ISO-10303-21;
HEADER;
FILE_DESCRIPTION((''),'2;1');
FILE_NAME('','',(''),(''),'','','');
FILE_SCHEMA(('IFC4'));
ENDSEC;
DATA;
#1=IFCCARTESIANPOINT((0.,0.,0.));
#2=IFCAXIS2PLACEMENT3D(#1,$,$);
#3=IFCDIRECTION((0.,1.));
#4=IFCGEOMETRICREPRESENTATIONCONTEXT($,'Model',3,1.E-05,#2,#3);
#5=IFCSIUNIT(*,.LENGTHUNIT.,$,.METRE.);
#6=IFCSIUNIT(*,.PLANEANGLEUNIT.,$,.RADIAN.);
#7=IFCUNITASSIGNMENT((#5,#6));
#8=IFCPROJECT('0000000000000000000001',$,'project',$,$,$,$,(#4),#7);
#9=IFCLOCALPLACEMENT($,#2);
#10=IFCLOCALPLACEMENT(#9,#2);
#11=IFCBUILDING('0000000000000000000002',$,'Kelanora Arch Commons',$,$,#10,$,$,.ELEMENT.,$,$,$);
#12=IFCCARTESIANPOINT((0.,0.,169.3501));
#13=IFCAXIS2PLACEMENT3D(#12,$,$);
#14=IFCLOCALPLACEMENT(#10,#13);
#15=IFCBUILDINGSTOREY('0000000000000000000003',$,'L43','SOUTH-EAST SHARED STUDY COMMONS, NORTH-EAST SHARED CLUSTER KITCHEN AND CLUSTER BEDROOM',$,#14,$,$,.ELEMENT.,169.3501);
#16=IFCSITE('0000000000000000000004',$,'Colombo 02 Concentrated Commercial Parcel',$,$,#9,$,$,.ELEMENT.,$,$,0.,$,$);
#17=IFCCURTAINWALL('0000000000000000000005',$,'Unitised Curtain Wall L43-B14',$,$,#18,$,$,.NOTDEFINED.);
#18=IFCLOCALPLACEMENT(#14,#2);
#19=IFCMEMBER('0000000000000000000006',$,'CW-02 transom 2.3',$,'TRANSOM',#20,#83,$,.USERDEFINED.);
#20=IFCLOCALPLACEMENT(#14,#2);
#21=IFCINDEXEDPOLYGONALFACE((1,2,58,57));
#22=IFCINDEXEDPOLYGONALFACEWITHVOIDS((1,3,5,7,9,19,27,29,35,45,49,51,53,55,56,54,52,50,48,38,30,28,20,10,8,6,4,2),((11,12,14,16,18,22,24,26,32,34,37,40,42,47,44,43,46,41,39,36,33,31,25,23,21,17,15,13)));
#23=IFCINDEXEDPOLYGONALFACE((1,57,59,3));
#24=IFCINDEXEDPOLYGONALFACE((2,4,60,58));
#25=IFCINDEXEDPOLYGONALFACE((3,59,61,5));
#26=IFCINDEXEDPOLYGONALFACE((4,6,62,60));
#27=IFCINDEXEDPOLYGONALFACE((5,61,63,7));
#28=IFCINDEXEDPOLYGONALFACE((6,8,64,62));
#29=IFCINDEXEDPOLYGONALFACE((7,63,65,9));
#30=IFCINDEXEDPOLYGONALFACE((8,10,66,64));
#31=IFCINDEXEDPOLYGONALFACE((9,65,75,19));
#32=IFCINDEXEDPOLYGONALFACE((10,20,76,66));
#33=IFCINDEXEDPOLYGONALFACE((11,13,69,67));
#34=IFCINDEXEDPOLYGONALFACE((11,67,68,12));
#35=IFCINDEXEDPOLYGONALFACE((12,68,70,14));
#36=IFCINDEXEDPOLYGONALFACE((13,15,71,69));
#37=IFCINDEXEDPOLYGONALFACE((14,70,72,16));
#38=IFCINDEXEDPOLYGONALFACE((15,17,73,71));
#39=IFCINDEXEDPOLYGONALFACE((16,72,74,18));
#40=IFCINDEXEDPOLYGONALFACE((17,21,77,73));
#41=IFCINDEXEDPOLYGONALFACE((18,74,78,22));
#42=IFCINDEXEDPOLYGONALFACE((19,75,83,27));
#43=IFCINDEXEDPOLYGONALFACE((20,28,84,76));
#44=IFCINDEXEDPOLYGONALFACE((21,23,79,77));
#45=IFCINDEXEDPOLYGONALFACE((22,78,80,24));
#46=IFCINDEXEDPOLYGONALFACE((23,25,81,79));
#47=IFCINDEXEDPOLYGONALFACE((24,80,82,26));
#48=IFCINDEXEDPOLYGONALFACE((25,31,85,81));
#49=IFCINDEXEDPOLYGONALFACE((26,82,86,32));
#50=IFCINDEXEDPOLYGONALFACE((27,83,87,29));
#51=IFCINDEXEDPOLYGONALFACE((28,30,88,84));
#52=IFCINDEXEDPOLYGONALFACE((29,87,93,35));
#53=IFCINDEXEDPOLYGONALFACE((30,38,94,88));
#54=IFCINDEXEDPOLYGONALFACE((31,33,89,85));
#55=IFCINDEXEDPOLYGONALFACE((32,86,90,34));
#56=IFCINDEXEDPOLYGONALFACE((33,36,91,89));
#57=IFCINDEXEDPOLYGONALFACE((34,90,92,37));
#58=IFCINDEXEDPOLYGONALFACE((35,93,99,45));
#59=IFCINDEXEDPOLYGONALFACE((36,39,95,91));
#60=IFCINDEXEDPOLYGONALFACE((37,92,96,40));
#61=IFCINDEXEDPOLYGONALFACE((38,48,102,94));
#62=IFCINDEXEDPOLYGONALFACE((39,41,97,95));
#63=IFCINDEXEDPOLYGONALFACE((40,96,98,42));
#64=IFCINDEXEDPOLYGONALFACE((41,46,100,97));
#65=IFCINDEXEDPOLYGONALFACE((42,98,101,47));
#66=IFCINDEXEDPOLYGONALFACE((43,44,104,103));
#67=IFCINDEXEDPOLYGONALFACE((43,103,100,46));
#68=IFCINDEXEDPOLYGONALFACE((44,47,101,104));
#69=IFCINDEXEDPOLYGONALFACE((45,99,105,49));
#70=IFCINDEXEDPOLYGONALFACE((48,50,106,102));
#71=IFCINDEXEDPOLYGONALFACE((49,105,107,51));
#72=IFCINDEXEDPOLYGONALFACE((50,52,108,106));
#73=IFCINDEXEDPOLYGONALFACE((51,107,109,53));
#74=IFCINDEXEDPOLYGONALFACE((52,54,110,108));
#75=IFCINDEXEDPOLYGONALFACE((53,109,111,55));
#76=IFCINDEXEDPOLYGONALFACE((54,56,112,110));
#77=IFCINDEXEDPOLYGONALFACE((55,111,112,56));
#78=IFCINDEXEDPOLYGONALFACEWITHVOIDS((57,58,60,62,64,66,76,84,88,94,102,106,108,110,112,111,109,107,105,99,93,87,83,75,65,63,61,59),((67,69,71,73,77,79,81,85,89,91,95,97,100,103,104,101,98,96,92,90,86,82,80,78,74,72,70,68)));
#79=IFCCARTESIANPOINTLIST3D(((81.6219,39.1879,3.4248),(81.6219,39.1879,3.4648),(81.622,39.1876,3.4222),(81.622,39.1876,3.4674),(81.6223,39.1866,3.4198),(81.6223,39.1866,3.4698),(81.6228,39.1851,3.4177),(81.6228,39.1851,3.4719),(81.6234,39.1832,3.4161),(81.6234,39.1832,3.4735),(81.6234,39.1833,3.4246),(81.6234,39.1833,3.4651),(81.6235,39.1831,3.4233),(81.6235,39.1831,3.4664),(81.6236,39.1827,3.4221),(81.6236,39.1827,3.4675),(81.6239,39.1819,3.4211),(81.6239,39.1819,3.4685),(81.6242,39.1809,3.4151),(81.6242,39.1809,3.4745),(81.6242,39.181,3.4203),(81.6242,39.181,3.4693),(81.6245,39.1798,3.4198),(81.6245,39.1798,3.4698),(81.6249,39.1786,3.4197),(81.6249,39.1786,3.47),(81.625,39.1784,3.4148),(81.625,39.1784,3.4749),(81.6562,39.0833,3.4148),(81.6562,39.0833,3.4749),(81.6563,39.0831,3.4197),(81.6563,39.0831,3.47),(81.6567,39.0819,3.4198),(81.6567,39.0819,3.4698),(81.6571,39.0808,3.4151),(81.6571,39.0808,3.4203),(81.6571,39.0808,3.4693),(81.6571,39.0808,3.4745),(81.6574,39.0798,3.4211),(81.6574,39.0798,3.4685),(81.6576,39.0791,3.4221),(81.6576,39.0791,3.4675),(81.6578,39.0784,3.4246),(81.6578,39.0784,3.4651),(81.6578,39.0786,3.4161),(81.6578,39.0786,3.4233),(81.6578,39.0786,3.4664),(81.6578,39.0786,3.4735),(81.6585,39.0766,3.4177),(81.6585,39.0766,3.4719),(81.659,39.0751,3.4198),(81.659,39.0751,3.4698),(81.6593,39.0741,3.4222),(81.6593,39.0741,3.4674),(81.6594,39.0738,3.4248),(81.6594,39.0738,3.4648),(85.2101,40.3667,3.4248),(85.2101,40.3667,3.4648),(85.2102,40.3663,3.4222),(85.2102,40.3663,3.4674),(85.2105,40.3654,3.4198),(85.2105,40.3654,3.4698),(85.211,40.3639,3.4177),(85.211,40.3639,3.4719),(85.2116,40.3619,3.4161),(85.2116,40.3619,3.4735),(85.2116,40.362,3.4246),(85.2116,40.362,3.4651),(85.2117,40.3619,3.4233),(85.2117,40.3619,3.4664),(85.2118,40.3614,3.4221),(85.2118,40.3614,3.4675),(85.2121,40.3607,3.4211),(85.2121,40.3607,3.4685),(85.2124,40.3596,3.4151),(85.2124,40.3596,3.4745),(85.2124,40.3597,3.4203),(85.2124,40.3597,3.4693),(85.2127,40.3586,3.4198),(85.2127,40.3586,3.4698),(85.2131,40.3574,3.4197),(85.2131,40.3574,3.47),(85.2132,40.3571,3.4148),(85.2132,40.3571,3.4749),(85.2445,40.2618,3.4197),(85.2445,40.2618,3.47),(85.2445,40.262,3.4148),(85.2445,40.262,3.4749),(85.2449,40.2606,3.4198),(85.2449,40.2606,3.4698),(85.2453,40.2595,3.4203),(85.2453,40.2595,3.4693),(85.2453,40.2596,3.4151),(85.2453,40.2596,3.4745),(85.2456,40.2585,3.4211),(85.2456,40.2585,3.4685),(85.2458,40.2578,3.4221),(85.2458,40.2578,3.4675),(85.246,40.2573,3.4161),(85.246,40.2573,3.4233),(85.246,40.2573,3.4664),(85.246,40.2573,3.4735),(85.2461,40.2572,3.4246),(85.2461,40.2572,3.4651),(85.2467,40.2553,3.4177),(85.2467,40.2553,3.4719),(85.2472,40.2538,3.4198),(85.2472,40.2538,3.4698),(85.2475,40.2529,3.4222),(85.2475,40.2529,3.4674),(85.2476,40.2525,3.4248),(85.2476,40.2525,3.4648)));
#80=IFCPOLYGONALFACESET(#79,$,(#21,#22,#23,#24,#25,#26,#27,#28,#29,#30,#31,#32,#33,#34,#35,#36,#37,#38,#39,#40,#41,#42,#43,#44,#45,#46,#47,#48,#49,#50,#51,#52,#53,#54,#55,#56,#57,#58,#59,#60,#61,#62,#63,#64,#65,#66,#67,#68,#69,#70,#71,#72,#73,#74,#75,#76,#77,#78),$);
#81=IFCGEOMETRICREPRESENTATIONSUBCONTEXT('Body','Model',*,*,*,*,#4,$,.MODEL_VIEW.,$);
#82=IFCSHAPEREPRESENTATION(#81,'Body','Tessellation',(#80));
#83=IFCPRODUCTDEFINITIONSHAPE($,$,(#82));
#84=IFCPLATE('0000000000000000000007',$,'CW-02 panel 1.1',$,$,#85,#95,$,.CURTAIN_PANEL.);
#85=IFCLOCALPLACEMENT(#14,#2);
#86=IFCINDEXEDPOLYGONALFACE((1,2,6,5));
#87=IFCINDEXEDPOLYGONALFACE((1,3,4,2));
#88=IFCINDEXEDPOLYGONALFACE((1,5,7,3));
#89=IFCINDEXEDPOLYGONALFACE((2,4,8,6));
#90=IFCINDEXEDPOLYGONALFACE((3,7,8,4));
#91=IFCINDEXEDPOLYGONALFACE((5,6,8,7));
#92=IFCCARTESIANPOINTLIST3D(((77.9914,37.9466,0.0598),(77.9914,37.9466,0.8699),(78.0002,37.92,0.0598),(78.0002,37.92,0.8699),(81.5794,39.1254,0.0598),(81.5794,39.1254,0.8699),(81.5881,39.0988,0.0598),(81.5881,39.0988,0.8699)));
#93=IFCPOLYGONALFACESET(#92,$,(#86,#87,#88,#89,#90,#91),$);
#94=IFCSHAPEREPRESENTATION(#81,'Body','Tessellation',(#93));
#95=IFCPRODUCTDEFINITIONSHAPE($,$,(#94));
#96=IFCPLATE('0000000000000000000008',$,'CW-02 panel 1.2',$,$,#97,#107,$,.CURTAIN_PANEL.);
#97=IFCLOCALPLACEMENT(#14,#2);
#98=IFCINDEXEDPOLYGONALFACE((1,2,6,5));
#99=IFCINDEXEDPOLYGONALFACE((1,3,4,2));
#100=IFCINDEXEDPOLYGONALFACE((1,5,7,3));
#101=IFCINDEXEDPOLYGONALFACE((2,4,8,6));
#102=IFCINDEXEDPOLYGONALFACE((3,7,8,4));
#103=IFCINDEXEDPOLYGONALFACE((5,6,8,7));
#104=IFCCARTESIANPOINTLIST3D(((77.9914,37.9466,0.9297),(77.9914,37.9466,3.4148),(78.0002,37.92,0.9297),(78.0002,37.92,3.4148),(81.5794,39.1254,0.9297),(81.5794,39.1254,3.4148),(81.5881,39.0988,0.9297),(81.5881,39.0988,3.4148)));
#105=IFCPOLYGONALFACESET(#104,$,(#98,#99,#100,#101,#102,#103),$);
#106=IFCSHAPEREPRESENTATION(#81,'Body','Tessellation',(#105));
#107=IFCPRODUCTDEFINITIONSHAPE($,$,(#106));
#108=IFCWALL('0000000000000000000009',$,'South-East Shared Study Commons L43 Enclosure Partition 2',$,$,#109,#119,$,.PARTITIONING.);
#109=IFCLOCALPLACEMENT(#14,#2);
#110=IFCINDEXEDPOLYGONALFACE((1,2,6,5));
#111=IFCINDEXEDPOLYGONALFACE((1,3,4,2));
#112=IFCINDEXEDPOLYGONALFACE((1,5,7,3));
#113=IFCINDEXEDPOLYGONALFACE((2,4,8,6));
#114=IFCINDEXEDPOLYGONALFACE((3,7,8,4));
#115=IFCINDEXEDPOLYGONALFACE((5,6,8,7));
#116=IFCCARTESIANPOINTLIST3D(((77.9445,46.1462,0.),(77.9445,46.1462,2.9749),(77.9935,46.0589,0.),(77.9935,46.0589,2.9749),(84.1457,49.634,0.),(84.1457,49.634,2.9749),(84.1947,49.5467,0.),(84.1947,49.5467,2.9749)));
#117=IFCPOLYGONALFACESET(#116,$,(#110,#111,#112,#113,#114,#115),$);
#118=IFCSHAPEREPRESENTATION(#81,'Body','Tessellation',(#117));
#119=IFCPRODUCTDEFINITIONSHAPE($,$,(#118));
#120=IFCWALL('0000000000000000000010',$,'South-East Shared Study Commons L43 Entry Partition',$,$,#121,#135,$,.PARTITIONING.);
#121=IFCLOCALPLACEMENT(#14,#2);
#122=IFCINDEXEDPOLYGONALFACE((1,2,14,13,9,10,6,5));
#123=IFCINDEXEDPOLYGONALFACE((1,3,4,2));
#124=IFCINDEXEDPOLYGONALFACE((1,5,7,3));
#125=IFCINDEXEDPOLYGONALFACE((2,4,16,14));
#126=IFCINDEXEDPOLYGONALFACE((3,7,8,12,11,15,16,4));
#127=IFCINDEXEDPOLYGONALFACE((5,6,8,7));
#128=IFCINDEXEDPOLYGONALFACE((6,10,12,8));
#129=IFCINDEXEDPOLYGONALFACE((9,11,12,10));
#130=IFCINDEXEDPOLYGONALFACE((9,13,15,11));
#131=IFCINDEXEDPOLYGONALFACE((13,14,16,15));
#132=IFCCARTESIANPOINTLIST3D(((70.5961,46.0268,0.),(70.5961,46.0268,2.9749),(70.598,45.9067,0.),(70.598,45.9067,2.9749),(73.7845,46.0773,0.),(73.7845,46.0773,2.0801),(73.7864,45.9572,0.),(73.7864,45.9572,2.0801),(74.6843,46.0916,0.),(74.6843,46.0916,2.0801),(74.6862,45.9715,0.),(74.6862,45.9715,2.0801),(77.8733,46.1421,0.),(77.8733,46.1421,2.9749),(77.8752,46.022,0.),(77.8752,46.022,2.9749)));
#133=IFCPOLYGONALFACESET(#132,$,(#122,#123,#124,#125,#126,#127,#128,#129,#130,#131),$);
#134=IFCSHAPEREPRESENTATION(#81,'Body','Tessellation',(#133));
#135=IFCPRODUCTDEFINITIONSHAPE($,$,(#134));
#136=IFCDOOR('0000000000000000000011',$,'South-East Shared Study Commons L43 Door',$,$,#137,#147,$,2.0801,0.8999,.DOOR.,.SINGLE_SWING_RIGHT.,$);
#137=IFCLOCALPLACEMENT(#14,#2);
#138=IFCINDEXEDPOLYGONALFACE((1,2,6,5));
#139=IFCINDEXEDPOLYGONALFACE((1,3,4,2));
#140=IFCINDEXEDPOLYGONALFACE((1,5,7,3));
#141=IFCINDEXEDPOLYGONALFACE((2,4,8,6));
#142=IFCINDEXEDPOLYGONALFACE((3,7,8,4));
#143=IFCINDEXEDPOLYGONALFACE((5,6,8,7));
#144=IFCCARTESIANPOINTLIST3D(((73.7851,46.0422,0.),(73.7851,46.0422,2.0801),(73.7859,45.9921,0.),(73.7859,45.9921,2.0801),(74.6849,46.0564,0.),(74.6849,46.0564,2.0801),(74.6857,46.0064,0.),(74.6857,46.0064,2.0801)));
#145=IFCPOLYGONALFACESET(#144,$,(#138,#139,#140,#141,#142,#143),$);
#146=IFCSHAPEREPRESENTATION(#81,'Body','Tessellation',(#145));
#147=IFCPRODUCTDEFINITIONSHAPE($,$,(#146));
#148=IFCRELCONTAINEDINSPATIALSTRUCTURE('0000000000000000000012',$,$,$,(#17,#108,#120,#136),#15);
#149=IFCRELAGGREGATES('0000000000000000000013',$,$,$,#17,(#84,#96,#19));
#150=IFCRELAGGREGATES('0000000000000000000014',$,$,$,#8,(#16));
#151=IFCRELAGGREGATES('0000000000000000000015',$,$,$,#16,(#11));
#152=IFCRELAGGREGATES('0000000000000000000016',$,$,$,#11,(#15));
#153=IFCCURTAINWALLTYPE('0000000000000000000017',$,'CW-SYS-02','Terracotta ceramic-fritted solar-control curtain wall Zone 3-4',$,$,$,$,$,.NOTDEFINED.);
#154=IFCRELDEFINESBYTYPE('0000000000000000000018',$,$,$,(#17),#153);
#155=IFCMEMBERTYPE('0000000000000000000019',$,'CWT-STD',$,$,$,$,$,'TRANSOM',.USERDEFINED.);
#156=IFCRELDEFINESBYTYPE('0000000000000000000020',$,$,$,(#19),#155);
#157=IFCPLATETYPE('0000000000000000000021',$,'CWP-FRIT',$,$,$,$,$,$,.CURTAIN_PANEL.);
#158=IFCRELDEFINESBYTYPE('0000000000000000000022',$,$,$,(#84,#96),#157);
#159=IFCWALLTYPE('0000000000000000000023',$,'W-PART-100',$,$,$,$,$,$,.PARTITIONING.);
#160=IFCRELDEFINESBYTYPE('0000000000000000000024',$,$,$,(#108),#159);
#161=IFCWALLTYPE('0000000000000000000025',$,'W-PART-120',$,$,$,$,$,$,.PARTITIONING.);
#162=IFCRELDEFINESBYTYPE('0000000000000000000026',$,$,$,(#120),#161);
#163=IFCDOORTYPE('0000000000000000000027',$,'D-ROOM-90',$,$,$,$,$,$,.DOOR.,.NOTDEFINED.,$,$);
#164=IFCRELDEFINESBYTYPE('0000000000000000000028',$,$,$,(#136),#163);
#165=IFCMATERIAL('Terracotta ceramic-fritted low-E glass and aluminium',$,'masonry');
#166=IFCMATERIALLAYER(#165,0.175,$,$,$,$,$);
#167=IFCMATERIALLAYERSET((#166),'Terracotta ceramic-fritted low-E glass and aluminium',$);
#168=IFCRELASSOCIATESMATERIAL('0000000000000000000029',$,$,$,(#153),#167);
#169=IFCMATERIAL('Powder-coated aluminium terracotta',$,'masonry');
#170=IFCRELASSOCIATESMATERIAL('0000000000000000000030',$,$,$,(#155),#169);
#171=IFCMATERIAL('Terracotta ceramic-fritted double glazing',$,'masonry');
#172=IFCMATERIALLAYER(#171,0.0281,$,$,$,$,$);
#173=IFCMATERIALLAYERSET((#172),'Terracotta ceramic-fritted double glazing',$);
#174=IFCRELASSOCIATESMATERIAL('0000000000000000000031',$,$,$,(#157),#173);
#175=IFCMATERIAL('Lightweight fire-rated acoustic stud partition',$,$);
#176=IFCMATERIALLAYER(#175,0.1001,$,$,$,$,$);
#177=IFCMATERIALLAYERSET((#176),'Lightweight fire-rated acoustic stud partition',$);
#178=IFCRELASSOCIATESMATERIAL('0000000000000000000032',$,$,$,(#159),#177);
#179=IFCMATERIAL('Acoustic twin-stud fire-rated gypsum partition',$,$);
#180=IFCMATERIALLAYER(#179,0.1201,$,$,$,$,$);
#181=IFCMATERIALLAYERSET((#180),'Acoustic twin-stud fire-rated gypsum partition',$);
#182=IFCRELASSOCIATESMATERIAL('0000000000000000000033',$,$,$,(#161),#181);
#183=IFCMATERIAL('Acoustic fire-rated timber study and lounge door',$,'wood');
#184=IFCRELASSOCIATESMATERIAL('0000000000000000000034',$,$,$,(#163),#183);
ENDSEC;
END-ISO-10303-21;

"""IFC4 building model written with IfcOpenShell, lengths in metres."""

from ifc_helpers import new_model, si_unit, direction, frame, frame_2d, origin, origin_2d, place, context, subcontext, project, spatial, rectangle, hollow_rectangle, extrude, source, transform, mapped, material, layer, layer_set, material_profile, profile_set, type_object, element, fill, aggregate, save


model = new_model("IFC4")

# Units and contexts
model_context = context("Model", 3, precision=1e-05, world=origin(), true_north=direction((0.0, 1.0)))
body_context = subcontext(model_context, "Body", "Model", "MODEL_VIEW")
ifc_project = project(units=[si_unit("LENGTHUNIT", "METRE"), si_unit("PLANEANGLEUNIT", "RADIAN")], contexts=[model_context])

# Site, building, storey
site_placement = place(None, origin())
site = spatial("IfcSite", under=ifc_project, at=site_placement, Name="Colombo 02 Concentrated Commercial Parcel", CompositionType="ELEMENT", RefElevation=0.0)
building_placement = place(site_placement, origin())
building = spatial("IfcBuilding", under=site, at=building_placement, Name="Kelanora Arch Commons", CompositionType="ELEMENT")
storey_placement = place(building_placement, frame((0.0, 0.0, 169.3501)))
storey = spatial("IfcBuildingStorey", under=building, at=storey_placement, Name="L43", Description="SOUTH-EAST SHARED STUDY COMMONS, NORTH-EAST SHARED CLUSTER KITCHEN AND CLUSTER BEDROOM", CompositionType="ELEMENT", Elevation=169.3501)

# Curtain wall, member, plates
ifc_material_1 = material(Name="Terracotta ceramic-fritted low-E glass and aluminium", Category="masonry")
ifc_layer_1 = layer(ifc_material_1, 0.175)
ifc_layer_set_1 = layer_set([ifc_layer_1], Name="Terracotta ceramic-fritted low-E glass and aluminium")
curtain_wall_type = type_object("IfcCurtainWallType", Name="CW-SYS-02", Description="Terracotta ceramic-fritted solar-control curtain wall Zone 3-4", PredefinedType="NOTDEFINED", material=ifc_layer_set_1)
curtain_wall_placement = place(storey_placement, origin())
curtain_wall = element("IfcCurtainWall", 1, at=curtain_wall_placement, inside=storey, type_object=curtain_wall_type, Name="Unitised Curtain Wall L43-B14", PredefinedType="NOTDEFINED")
ifc_material_2 = material(Name="Powder-coated aluminium terracotta", Category="masonry")
ifc_material_profile_1 = material_profile(ifc_material_2, hollow_rectangle(XDim=0.1201, YDim=0.0601, WallThickness=0.0049, InnerFilletRadius=0.0049, OuterFilletRadius=0.01, at=origin_2d()), Name="CWT120x60")
ifc_profile_set_1 = profile_set([ifc_material_profile_1], Name="Powder-coated aluminium terracotta")
member_type_1 = type_object("IfcMemberType", Name="CWT-STD", ElementType="TRANSOM", PredefinedType="USERDEFINED", material=ifc_profile_set_1)
member_1_placement = place(storey_placement, frame((81.6406, 39.1309, 3.4448), z_axis=(0.950051, 0.312094, 0.0), x_axis=(-0.312094, 0.950051, 0.0)))
member_1 = element("IfcMember", 2, at=member_1_placement, type_object=member_type_1, Name="CW-02 transom 2.3", ObjectType="TRANSOM", PredefinedType="USERDEFINED", context=body_context, shape_type="SweptSolid", body=[
    extrude(hollow_rectangle(XDim=0.1201, YDim=0.0601, WallThickness=0.0049, InnerFilletRadius=0.0049, OuterFilletRadius=0.01, at=origin_2d()), origin(), (0.0, 0.0, 1.0), 3.7769),
])
ifc_material_3 = material(Name="Terracotta ceramic-fritted double glazing", Category="masonry")
ifc_layer_2 = layer(ifc_material_3, 0.0281)
ifc_layer_set_2 = layer_set([ifc_layer_2], Name="Terracotta ceramic-fritted double glazing")
plate_type = type_object("IfcPlateType", Name="CWP-FRIT", PredefinedType="CURTAIN_PANEL", material=ifc_layer_set_2)
shared_shape_1 = source(origin(), body_context, "Body", "SweptSolid", [
    extrude(rectangle(XDim=3.7766, YDim=0.0281, at=origin_2d()), origin(), (0.0, 0.0, 1.0), 0.8101),
])
plate_1_placement = place(storey_placement, frame((79.7898, 38.5227, 0.0598), z_axis=(0.0, 0.0, 1.0), x_axis=(0.95004, 0.312128, 0.0)))
plate_1 = element("IfcPlate", 3, at=plate_1_placement, type_object=plate_type, Name="CW-02 panel 1.1", PredefinedType="CURTAIN_PANEL", context=body_context, shape_type="MappedRepresentation", body=[
    mapped(shared_shape_1, transform((0.0, 0.0, 0.0), scale=1.0)),
])
shared_shape_2 = source(origin(), body_context, "Body", "SweptSolid", [
    extrude(rectangle(XDim=3.7766, YDim=0.0281, at=origin_2d()), origin(), (0.0, 0.0, 1.0), 2.4851),
])
plate_2_placement = place(storey_placement, frame((79.7898, 38.5227, 0.9297), z_axis=(0.0, 0.0, 1.0), x_axis=(0.95004, 0.312128, 0.0)))
plate_2 = element("IfcPlate", 4, at=plate_2_placement, type_object=plate_type, Name="CW-02 panel 1.2", PredefinedType="CURTAIN_PANEL", context=body_context, shape_type="MappedRepresentation", body=[
    mapped(shared_shape_2, transform((0.0, 0.0, 0.0), scale=1.0)),
])
aggregate(curtain_wall, [plate_1, plate_2, member_1])

# Wall
ifc_material_4 = material(Name="Lightweight fire-rated acoustic stud partition")
ifc_layer_3 = layer(ifc_material_4, 0.1001)
ifc_layer_set_3 = layer_set([ifc_layer_3], Name="Lightweight fire-rated acoustic stud partition")
wall_type_1 = type_object("IfcWallType", Name="W-PART-100", PredefinedType="PARTITIONING", material=ifc_layer_set_3)
wall_1_placement = place(storey_placement, frame((77.969, 46.1025, 0.0), z_axis=(0.0, 0.0, 1.0), x_axis=(0.871598, 0.490222, 0.0)))
element("IfcWall", 5, at=wall_1_placement, inside=storey, type_object=wall_type_1, Name="South-East Shared Study Commons L43 Enclosure Partition 2", PredefinedType="PARTITIONING", context=body_context, shape_type="SweptSolid", body=[
    extrude(rectangle(XDim=7.1147, YDim=0.1001, at=frame_2d((3.5574, 0.0))), origin(), (0.0, 0.0, 1.0), 2.9749),
])

# Wall, opening, door
ifc_material_5 = material(Name="Acoustic twin-stud fire-rated gypsum partition")
ifc_layer_4 = layer(ifc_material_5, 0.1201)
ifc_layer_set_4 = layer_set([ifc_layer_4], Name="Acoustic twin-stud fire-rated gypsum partition")
wall_type_2 = type_object("IfcWallType", Name="W-PART-120", PredefinedType="PARTITIONING", material=ifc_layer_set_4)
wall_2_placement = place(storey_placement, frame((70.5969, 45.9668, 0.0), z_axis=(0.0, 0.0, 1.0), x_axis=(0.999875, 0.015833, 0.0)))
wall_2 = element("IfcWall", 6, at=wall_2_placement, inside=storey, type_object=wall_type_2, Name="South-East Shared Study Commons L43 Entry Partition", PredefinedType="PARTITIONING", context=body_context, shape_type="SweptSolid", body=[
    extrude(rectangle(XDim=7.2781, YDim=0.1201, at=frame_2d((3.6392, 0.0))), origin(), (0.0, 0.0, 1.0), 2.9749),
])
opening_placement = place(wall_2_placement, frame((3.189, 0.0, 0.0)))
opening = element("IfcOpeningElement", 7, at=opening_placement, cuts=wall_2, PredefinedType="OPENING", context=body_context, shape_type="SweptSolid", body=[
    extrude(rectangle(XDim=0.8999, YDim=2.0801, at=frame_2d((0.45, 1.04))), frame((0.0, 0.0701, 0.0), z_axis=(0.0, -1.0, 0.0), x_axis=(1.0, 0.0, 0.0)), (0.0, 0.0, 1.0), 0.1401),
])
ifc_material_6 = material(Name="Acoustic fire-rated timber study and lounge door", Category="wood")
door_type = type_object("IfcDoorType", Name="D-ROOM-90", OperationType="NOTDEFINED", PredefinedType="DOOR", material=ifc_material_6)
door_placement = place(opening_placement, origin())
door = element("IfcDoor", 8, at=door_placement, inside=storey, type_object=door_type, Name="South-East Shared Study Commons L43 Door", OperationType="SINGLE_SWING_RIGHT", OverallHeight=2.0801, OverallWidth=0.8999, PredefinedType="DOOR", context=body_context, shape_type="SweptSolid", body=[
    extrude(rectangle(XDim=0.8999, YDim=2.0801, at=frame_2d((0.45, 1.04))), frame((0.0, 0.0249, 0.0), z_axis=(0.0, -1.0, 0.0), x_axis=(1.0, 0.0, 0.0)), (0.0, 0.0, 1.0), 0.05),
])
fill(opening, door)

save(model, "model.ifc")
